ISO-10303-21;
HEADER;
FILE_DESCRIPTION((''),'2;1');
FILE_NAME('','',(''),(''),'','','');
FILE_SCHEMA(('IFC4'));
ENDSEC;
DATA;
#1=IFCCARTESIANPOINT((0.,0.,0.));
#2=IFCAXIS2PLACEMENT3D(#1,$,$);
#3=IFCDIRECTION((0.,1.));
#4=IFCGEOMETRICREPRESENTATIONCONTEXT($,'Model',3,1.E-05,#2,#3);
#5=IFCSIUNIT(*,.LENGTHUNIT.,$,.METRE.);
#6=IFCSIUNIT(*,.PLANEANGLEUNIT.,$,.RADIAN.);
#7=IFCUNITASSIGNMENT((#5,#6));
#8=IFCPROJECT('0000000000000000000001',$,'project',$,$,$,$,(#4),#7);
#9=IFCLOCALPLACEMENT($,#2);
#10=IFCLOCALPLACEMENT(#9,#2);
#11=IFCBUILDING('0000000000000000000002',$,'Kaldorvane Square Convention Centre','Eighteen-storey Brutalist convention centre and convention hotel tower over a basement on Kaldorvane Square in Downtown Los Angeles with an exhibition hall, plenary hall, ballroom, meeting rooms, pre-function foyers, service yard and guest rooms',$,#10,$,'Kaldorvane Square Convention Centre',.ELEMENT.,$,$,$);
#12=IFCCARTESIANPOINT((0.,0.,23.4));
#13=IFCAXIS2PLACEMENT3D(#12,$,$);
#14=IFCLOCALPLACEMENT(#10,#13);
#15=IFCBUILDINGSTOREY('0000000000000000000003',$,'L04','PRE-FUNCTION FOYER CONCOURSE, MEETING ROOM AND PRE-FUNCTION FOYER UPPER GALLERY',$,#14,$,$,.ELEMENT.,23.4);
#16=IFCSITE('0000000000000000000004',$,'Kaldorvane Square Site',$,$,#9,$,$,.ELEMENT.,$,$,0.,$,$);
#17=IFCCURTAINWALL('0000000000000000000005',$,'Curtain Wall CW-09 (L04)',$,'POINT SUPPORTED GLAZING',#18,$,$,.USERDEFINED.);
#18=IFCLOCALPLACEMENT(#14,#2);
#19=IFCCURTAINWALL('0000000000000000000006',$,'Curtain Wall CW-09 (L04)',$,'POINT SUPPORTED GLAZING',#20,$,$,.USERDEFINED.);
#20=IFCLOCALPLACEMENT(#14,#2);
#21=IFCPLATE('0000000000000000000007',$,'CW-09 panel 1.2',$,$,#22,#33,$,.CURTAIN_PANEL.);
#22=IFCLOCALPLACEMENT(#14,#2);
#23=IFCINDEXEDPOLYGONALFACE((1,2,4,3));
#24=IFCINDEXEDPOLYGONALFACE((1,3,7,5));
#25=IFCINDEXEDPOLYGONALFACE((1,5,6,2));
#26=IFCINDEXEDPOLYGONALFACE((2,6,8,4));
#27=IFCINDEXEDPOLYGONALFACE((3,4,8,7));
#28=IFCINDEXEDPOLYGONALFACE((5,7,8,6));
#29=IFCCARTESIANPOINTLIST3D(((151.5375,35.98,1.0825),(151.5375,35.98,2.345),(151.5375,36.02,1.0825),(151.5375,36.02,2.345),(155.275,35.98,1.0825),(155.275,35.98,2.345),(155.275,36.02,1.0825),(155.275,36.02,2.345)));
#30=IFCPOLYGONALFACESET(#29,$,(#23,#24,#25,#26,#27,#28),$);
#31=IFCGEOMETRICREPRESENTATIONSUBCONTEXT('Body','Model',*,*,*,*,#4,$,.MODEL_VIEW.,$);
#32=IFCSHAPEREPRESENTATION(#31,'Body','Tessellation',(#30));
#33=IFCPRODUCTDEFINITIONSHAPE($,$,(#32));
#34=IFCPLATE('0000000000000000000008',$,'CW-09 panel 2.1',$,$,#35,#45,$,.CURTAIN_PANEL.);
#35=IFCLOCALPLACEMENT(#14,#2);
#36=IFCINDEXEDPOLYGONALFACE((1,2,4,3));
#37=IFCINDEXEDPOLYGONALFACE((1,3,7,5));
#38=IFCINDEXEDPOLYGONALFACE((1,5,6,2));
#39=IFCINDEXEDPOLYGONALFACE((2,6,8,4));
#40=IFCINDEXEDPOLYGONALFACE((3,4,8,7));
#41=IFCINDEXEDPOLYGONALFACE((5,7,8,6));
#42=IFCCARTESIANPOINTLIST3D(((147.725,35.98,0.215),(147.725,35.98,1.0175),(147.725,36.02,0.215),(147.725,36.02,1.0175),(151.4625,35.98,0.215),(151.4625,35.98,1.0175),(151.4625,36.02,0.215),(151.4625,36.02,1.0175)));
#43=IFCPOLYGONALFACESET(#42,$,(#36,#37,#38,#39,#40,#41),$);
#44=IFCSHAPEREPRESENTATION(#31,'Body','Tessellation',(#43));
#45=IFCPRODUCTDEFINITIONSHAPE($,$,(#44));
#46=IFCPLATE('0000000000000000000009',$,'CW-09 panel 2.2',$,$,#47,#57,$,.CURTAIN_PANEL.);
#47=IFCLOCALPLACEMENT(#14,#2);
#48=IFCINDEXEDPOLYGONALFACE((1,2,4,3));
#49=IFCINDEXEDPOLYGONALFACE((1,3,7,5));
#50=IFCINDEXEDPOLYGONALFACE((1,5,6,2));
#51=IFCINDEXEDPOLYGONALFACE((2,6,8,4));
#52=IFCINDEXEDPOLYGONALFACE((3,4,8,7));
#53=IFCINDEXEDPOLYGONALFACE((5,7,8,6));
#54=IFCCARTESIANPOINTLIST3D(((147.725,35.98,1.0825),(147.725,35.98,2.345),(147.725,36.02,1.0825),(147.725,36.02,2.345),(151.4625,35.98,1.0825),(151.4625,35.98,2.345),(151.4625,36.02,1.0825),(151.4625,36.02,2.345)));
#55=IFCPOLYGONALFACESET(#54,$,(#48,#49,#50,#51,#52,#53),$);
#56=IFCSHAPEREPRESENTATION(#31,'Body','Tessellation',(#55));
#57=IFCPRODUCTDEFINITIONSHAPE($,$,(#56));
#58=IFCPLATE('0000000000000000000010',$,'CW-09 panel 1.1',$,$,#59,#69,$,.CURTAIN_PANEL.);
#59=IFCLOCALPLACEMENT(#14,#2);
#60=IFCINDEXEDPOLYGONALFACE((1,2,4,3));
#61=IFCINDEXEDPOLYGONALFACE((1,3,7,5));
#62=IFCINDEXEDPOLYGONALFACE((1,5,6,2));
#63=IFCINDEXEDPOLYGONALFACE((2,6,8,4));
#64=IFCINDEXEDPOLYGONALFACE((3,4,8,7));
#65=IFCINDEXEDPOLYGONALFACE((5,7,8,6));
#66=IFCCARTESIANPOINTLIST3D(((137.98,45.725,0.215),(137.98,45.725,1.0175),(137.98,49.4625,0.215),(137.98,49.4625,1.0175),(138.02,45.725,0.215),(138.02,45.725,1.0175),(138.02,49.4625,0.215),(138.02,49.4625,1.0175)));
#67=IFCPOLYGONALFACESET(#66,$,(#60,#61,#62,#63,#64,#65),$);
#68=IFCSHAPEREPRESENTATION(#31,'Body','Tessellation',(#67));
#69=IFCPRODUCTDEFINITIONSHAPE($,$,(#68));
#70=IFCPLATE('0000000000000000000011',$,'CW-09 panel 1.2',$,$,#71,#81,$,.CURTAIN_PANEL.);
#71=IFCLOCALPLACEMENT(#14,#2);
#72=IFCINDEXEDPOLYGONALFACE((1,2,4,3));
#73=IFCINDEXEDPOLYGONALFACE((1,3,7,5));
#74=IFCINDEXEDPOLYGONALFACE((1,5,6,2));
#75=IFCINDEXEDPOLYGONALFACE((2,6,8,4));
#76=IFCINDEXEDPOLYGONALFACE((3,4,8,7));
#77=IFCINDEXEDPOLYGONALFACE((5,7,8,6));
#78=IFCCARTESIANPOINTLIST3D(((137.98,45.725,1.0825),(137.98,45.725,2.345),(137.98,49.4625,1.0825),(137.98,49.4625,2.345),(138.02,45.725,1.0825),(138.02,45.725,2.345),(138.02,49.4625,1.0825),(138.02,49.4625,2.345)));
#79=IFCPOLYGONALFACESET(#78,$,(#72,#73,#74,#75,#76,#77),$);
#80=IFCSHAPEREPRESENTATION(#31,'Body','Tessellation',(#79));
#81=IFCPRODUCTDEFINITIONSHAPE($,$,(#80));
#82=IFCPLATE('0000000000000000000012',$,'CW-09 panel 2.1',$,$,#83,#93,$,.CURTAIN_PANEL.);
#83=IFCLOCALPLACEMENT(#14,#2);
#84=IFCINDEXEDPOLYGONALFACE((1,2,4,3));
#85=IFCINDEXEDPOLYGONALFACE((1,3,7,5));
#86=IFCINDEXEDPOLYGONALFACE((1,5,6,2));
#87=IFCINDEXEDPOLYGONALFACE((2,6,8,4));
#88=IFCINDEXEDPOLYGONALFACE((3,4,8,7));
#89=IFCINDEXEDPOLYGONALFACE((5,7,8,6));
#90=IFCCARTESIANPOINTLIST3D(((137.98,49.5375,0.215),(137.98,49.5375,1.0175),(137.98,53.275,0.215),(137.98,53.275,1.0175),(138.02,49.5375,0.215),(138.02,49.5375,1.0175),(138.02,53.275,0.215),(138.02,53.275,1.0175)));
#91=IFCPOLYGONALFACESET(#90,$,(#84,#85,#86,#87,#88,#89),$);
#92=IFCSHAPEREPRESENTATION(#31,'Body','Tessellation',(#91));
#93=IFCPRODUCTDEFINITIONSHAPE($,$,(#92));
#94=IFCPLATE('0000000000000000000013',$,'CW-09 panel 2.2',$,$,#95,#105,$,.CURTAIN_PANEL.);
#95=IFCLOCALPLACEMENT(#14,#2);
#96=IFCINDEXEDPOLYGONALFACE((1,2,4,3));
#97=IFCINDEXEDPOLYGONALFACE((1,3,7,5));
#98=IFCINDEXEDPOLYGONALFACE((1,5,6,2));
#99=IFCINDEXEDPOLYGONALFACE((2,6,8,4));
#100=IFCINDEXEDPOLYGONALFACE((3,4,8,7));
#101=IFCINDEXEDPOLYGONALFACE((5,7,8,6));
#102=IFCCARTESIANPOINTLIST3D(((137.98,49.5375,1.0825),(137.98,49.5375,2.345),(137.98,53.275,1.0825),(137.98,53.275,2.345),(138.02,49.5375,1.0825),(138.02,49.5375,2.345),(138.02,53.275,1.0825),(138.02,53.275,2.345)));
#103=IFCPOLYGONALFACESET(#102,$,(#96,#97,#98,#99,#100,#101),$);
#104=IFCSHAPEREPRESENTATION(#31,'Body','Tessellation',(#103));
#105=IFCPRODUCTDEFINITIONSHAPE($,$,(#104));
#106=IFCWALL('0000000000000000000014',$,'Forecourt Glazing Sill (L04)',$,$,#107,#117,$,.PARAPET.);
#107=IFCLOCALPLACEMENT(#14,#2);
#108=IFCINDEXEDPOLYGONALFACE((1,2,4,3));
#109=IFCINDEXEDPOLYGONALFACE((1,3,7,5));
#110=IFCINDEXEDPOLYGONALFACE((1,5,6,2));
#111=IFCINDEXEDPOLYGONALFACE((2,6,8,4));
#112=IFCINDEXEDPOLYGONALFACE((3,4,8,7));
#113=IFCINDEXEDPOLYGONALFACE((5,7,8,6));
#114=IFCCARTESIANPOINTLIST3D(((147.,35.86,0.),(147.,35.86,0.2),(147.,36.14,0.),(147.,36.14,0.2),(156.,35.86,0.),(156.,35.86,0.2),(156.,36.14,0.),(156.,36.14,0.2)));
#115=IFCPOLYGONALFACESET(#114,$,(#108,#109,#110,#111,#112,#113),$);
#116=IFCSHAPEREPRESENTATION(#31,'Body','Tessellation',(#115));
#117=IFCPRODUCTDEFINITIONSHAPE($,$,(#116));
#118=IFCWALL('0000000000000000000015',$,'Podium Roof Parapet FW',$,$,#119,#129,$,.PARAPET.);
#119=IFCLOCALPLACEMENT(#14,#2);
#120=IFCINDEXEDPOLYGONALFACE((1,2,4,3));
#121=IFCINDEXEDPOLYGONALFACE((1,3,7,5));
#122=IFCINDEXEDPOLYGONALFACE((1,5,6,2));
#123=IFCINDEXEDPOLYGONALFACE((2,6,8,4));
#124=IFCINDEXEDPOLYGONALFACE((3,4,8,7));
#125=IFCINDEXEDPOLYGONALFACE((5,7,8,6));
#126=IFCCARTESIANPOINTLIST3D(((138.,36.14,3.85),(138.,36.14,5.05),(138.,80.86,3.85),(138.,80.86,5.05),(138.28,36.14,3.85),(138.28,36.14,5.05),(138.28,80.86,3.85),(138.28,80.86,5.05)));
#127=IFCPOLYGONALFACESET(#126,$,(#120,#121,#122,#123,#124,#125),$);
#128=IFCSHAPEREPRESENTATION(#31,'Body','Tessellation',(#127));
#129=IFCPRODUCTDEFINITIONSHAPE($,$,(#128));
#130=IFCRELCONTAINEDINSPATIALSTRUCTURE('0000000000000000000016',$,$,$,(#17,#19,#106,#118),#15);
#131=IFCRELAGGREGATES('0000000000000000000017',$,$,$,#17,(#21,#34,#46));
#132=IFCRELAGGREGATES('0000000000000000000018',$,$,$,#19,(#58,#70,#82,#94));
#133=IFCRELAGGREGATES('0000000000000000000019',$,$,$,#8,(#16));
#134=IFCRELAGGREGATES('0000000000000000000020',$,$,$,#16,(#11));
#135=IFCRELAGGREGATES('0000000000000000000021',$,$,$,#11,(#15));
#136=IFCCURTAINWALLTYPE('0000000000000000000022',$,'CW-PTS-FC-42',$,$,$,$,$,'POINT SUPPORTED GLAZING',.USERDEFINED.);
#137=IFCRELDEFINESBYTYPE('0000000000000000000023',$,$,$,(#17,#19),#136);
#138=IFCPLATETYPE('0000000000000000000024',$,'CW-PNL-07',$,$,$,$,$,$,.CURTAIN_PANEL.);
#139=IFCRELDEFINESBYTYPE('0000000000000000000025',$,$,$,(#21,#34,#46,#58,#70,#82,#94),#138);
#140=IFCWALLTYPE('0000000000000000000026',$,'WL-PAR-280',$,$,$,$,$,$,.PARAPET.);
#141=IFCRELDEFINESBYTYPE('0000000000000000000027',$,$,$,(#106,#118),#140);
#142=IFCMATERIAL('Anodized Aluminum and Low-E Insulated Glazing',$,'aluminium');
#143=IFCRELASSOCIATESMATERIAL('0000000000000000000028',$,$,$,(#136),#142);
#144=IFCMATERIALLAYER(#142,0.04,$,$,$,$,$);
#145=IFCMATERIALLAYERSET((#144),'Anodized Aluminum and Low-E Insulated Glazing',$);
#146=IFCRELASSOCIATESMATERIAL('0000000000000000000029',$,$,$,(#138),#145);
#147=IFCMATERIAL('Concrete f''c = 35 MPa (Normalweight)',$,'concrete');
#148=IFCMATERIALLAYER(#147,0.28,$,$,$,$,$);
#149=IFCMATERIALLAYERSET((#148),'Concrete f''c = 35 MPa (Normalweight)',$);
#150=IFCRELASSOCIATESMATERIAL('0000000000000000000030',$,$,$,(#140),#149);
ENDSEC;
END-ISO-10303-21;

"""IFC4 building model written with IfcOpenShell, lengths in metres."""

from ifc_helpers import new_model, si_unit, direction, frame, frame_2d, origin, origin_2d, place, context, subcontext, project, spatial, rectangle, extrude, material, layer, layer_set, type_object, element, aggregate, save


model = new_model("IFC4")

# Units and contexts
model_context = context("Model", 3, precision=1e-05, world=origin(), true_north=direction((0.0, 1.0)))
body_context = subcontext(model_context, "Body", "Model", "MODEL_VIEW")
ifc_project = project(units=[si_unit("LENGTHUNIT", "METRE"), si_unit("PLANEANGLEUNIT", "RADIAN")], contexts=[model_context])

# Site, building, storey
site_placement = place(None, origin())
site = spatial("IfcSite", under=ifc_project, at=site_placement, Name="Kaldorvane Square Site", CompositionType="ELEMENT", RefElevation=0.0)
building_placement = place(site_placement, origin())
building = spatial("IfcBuilding", under=site, at=building_placement, Name="Kaldorvane Square Convention Centre", Description="Eighteen-storey Brutalist convention centre and convention hotel tower over a basement on Kaldorvane Square in Downtown Los Angeles with an exhibition hall, plenary hall, ballroom, meeting rooms, pre-function foyers, service yard and guest rooms", LongName="Kaldorvane Square Convention Centre", CompositionType="ELEMENT")
storey_placement = place(building_placement, frame((0.0, 0.0, 23.4)))
storey = spatial("IfcBuildingStorey", under=building, at=storey_placement, Name="L04", Description="PRE-FUNCTION FOYER CONCOURSE, MEETING ROOM AND PRE-FUNCTION FOYER UPPER GALLERY", CompositionType="ELEMENT", Elevation=23.4)

# Curtain wall
ifc_material_1 = material(Name="Anodized Aluminum and Low-E Insulated Glazing", Category="aluminium")
curtain_wall_type = type_object("IfcCurtainWallType", Name="CW-PTS-FC-42", ElementType="POINT SUPPORTED GLAZING", PredefinedType="USERDEFINED", material=ifc_material_1)
curtain_wall_1_placement = place(storey_placement, origin())
curtain_wall_1 = element("IfcCurtainWall", 1, at=curtain_wall_1_placement, inside=storey, type_object=curtain_wall_type, Name="Curtain Wall CW-09 (L04)", ObjectType="POINT SUPPORTED GLAZING", PredefinedType="USERDEFINED")

# Curtain wall
curtain_wall_2_placement = place(storey_placement, origin())
curtain_wall_2 = element("IfcCurtainWall", 2, at=curtain_wall_2_placement, inside=storey, type_object=curtain_wall_type, Name="Curtain Wall CW-09 (L04)", ObjectType="POINT SUPPORTED GLAZING", PredefinedType="USERDEFINED")

# Plates
ifc_layer_1 = layer(ifc_material_1, 0.04)
ifc_layer_set_1 = layer_set([ifc_layer_1], Name="Anodized Aluminum and Low-E Insulated Glazing")
plate_type = type_object("IfcPlateType", Name="CW-PNL-07", PredefinedType="CURTAIN_PANEL", material=ifc_layer_set_1)
plate_1_placement = place(storey_placement, frame((153.4062, 36.0, 1.0825), z_axis=(0.0, 0.0, 1.0), x_axis=(-1.0, 0.0, 0.0)))
plate_1 = element("IfcPlate", 3, at=plate_1_placement, type_object=plate_type, Name="CW-09 panel 1.2", PredefinedType="CURTAIN_PANEL", context=body_context, shape_type="SweptSolid", body=[
    extrude(rectangle(XDim=3.7375, YDim=0.04, at=origin_2d()), origin(), (0.0, 0.0, 1.0), 1.2625),
])
plate_2_placement = place(storey_placement, frame((149.5938, 36.0, 0.215), z_axis=(0.0, 0.0, 1.0), x_axis=(-1.0, 0.0, 0.0)))
plate_2 = element("IfcPlate", 4, at=plate_2_placement, type_object=plate_type, Name="CW-09 panel 2.1", PredefinedType="CURTAIN_PANEL", context=body_context, shape_type="SweptSolid", body=[
    extrude(rectangle(XDim=3.7375, YDim=0.04, at=origin_2d()), origin(), (0.0, 0.0, 1.0), 0.8025),
])
plate_3_placement = place(storey_placement, frame((149.5938, 36.0, 1.0825), z_axis=(0.0, 0.0, 1.0), x_axis=(-1.0, 0.0, 0.0)))
plate_3 = element("IfcPlate", 5, at=plate_3_placement, type_object=plate_type, Name="CW-09 panel 2.2", PredefinedType="CURTAIN_PANEL", context=body_context, shape_type="SweptSolid", body=[
    extrude(rectangle(XDim=3.7375, YDim=0.04, at=origin_2d()), origin(), (0.0, 0.0, 1.0), 1.2625),
])
aggregate(curtain_wall_1, [plate_1, plate_2, plate_3])
plate_4_placement = place(storey_placement, frame((138.0, 47.5938, 0.215), z_axis=(0.0, 0.0, 1.0), x_axis=(0.0, 1.0, 0.0)))
plate_4 = element("IfcPlate", 6, at=plate_4_placement, type_object=plate_type, Name="CW-09 panel 1.1", PredefinedType="CURTAIN_PANEL", context=body_context, shape_type="SweptSolid", body=[
    extrude(rectangle(XDim=3.7375, YDim=0.04, at=origin_2d()), origin(), (0.0, 0.0, 1.0), 0.8025),
])
plate_5_placement = place(storey_placement, frame((138.0, 47.5938, 1.0825), z_axis=(0.0, 0.0, 1.0), x_axis=(0.0, 1.0, 0.0)))
plate_5 = element("IfcPlate", 7, at=plate_5_placement, type_object=plate_type, Name="CW-09 panel 1.2", PredefinedType="CURTAIN_PANEL", context=body_context, shape_type="SweptSolid", body=[
    extrude(rectangle(XDim=3.7375, YDim=0.04, at=origin_2d()), origin(), (0.0, 0.0, 1.0), 1.2625),
])
plate_6_placement = place(storey_placement, frame((138.0, 51.4062, 0.215), z_axis=(0.0, 0.0, 1.0), x_axis=(0.0, 1.0, 0.0)))
plate_6 = element("IfcPlate", 8, at=plate_6_placement, type_object=plate_type, Name="CW-09 panel 2.1", PredefinedType="CURTAIN_PANEL", context=body_context, shape_type="SweptSolid", body=[
    extrude(rectangle(XDim=3.7375, YDim=0.04, at=origin_2d()), origin(), (0.0, 0.0, 1.0), 0.8025),
])
plate_7_placement = place(storey_placement, frame((138.0, 51.4062, 1.0825), z_axis=(0.0, 0.0, 1.0), x_axis=(0.0, 1.0, 0.0)))
plate_7 = element("IfcPlate", 9, at=plate_7_placement, type_object=plate_type, Name="CW-09 panel 2.2", PredefinedType="CURTAIN_PANEL", context=body_context, shape_type="SweptSolid", body=[
    extrude(rectangle(XDim=3.7375, YDim=0.04, at=origin_2d()), origin(), (0.0, 0.0, 1.0), 1.2625),
])
aggregate(curtain_wall_2, [plate_4, plate_5, plate_6, plate_7])

# Walls
ifc_material_2 = material(Name="Concrete f'c = 35 MPa (Normalweight)", Category="concrete")
ifc_layer_2 = layer(ifc_material_2, 0.28)
ifc_layer_set_2 = layer_set([ifc_layer_2], Name="Concrete f'c = 35 MPa (Normalweight)")
wall_type = type_object("IfcWallType", Name="WL-PAR-280", PredefinedType="PARAPET", material=ifc_layer_set_2)
wall_1_placement = place(storey_placement, frame((156.0, 36.0, 0.0), z_axis=(0.0, 0.0, 1.0), x_axis=(-1.0, 0.0, 0.0)))
element("IfcWall", 10, at=wall_1_placement, inside=storey, type_object=wall_type, Name="Forecourt Glazing Sill (L04)", PredefinedType="PARAPET", context=body_context, shape_type="SweptSolid", body=[
    extrude(rectangle(XDim=9.0, YDim=0.28, at=frame_2d((4.5, 0.0))), origin(), (0.0, 0.0, 1.0), 0.2),
])
wall_2_placement = place(storey_placement, frame((138.14, 36.14, 3.85), z_axis=(0.0, 0.0, 1.0), x_axis=(0.0, 1.0, 0.0)))
element("IfcWall", 11, at=wall_2_placement, inside=storey, type_object=wall_type, Name="Podium Roof Parapet FW", PredefinedType="PARAPET", context=body_context, shape_type="SweptSolid", body=[
    extrude(rectangle(XDim=44.72, YDim=0.28, at=frame_2d((22.36, 0.0))), origin(), (0.0, 0.0, 1.0), 1.2),
])

save(model, "model.ifc")
